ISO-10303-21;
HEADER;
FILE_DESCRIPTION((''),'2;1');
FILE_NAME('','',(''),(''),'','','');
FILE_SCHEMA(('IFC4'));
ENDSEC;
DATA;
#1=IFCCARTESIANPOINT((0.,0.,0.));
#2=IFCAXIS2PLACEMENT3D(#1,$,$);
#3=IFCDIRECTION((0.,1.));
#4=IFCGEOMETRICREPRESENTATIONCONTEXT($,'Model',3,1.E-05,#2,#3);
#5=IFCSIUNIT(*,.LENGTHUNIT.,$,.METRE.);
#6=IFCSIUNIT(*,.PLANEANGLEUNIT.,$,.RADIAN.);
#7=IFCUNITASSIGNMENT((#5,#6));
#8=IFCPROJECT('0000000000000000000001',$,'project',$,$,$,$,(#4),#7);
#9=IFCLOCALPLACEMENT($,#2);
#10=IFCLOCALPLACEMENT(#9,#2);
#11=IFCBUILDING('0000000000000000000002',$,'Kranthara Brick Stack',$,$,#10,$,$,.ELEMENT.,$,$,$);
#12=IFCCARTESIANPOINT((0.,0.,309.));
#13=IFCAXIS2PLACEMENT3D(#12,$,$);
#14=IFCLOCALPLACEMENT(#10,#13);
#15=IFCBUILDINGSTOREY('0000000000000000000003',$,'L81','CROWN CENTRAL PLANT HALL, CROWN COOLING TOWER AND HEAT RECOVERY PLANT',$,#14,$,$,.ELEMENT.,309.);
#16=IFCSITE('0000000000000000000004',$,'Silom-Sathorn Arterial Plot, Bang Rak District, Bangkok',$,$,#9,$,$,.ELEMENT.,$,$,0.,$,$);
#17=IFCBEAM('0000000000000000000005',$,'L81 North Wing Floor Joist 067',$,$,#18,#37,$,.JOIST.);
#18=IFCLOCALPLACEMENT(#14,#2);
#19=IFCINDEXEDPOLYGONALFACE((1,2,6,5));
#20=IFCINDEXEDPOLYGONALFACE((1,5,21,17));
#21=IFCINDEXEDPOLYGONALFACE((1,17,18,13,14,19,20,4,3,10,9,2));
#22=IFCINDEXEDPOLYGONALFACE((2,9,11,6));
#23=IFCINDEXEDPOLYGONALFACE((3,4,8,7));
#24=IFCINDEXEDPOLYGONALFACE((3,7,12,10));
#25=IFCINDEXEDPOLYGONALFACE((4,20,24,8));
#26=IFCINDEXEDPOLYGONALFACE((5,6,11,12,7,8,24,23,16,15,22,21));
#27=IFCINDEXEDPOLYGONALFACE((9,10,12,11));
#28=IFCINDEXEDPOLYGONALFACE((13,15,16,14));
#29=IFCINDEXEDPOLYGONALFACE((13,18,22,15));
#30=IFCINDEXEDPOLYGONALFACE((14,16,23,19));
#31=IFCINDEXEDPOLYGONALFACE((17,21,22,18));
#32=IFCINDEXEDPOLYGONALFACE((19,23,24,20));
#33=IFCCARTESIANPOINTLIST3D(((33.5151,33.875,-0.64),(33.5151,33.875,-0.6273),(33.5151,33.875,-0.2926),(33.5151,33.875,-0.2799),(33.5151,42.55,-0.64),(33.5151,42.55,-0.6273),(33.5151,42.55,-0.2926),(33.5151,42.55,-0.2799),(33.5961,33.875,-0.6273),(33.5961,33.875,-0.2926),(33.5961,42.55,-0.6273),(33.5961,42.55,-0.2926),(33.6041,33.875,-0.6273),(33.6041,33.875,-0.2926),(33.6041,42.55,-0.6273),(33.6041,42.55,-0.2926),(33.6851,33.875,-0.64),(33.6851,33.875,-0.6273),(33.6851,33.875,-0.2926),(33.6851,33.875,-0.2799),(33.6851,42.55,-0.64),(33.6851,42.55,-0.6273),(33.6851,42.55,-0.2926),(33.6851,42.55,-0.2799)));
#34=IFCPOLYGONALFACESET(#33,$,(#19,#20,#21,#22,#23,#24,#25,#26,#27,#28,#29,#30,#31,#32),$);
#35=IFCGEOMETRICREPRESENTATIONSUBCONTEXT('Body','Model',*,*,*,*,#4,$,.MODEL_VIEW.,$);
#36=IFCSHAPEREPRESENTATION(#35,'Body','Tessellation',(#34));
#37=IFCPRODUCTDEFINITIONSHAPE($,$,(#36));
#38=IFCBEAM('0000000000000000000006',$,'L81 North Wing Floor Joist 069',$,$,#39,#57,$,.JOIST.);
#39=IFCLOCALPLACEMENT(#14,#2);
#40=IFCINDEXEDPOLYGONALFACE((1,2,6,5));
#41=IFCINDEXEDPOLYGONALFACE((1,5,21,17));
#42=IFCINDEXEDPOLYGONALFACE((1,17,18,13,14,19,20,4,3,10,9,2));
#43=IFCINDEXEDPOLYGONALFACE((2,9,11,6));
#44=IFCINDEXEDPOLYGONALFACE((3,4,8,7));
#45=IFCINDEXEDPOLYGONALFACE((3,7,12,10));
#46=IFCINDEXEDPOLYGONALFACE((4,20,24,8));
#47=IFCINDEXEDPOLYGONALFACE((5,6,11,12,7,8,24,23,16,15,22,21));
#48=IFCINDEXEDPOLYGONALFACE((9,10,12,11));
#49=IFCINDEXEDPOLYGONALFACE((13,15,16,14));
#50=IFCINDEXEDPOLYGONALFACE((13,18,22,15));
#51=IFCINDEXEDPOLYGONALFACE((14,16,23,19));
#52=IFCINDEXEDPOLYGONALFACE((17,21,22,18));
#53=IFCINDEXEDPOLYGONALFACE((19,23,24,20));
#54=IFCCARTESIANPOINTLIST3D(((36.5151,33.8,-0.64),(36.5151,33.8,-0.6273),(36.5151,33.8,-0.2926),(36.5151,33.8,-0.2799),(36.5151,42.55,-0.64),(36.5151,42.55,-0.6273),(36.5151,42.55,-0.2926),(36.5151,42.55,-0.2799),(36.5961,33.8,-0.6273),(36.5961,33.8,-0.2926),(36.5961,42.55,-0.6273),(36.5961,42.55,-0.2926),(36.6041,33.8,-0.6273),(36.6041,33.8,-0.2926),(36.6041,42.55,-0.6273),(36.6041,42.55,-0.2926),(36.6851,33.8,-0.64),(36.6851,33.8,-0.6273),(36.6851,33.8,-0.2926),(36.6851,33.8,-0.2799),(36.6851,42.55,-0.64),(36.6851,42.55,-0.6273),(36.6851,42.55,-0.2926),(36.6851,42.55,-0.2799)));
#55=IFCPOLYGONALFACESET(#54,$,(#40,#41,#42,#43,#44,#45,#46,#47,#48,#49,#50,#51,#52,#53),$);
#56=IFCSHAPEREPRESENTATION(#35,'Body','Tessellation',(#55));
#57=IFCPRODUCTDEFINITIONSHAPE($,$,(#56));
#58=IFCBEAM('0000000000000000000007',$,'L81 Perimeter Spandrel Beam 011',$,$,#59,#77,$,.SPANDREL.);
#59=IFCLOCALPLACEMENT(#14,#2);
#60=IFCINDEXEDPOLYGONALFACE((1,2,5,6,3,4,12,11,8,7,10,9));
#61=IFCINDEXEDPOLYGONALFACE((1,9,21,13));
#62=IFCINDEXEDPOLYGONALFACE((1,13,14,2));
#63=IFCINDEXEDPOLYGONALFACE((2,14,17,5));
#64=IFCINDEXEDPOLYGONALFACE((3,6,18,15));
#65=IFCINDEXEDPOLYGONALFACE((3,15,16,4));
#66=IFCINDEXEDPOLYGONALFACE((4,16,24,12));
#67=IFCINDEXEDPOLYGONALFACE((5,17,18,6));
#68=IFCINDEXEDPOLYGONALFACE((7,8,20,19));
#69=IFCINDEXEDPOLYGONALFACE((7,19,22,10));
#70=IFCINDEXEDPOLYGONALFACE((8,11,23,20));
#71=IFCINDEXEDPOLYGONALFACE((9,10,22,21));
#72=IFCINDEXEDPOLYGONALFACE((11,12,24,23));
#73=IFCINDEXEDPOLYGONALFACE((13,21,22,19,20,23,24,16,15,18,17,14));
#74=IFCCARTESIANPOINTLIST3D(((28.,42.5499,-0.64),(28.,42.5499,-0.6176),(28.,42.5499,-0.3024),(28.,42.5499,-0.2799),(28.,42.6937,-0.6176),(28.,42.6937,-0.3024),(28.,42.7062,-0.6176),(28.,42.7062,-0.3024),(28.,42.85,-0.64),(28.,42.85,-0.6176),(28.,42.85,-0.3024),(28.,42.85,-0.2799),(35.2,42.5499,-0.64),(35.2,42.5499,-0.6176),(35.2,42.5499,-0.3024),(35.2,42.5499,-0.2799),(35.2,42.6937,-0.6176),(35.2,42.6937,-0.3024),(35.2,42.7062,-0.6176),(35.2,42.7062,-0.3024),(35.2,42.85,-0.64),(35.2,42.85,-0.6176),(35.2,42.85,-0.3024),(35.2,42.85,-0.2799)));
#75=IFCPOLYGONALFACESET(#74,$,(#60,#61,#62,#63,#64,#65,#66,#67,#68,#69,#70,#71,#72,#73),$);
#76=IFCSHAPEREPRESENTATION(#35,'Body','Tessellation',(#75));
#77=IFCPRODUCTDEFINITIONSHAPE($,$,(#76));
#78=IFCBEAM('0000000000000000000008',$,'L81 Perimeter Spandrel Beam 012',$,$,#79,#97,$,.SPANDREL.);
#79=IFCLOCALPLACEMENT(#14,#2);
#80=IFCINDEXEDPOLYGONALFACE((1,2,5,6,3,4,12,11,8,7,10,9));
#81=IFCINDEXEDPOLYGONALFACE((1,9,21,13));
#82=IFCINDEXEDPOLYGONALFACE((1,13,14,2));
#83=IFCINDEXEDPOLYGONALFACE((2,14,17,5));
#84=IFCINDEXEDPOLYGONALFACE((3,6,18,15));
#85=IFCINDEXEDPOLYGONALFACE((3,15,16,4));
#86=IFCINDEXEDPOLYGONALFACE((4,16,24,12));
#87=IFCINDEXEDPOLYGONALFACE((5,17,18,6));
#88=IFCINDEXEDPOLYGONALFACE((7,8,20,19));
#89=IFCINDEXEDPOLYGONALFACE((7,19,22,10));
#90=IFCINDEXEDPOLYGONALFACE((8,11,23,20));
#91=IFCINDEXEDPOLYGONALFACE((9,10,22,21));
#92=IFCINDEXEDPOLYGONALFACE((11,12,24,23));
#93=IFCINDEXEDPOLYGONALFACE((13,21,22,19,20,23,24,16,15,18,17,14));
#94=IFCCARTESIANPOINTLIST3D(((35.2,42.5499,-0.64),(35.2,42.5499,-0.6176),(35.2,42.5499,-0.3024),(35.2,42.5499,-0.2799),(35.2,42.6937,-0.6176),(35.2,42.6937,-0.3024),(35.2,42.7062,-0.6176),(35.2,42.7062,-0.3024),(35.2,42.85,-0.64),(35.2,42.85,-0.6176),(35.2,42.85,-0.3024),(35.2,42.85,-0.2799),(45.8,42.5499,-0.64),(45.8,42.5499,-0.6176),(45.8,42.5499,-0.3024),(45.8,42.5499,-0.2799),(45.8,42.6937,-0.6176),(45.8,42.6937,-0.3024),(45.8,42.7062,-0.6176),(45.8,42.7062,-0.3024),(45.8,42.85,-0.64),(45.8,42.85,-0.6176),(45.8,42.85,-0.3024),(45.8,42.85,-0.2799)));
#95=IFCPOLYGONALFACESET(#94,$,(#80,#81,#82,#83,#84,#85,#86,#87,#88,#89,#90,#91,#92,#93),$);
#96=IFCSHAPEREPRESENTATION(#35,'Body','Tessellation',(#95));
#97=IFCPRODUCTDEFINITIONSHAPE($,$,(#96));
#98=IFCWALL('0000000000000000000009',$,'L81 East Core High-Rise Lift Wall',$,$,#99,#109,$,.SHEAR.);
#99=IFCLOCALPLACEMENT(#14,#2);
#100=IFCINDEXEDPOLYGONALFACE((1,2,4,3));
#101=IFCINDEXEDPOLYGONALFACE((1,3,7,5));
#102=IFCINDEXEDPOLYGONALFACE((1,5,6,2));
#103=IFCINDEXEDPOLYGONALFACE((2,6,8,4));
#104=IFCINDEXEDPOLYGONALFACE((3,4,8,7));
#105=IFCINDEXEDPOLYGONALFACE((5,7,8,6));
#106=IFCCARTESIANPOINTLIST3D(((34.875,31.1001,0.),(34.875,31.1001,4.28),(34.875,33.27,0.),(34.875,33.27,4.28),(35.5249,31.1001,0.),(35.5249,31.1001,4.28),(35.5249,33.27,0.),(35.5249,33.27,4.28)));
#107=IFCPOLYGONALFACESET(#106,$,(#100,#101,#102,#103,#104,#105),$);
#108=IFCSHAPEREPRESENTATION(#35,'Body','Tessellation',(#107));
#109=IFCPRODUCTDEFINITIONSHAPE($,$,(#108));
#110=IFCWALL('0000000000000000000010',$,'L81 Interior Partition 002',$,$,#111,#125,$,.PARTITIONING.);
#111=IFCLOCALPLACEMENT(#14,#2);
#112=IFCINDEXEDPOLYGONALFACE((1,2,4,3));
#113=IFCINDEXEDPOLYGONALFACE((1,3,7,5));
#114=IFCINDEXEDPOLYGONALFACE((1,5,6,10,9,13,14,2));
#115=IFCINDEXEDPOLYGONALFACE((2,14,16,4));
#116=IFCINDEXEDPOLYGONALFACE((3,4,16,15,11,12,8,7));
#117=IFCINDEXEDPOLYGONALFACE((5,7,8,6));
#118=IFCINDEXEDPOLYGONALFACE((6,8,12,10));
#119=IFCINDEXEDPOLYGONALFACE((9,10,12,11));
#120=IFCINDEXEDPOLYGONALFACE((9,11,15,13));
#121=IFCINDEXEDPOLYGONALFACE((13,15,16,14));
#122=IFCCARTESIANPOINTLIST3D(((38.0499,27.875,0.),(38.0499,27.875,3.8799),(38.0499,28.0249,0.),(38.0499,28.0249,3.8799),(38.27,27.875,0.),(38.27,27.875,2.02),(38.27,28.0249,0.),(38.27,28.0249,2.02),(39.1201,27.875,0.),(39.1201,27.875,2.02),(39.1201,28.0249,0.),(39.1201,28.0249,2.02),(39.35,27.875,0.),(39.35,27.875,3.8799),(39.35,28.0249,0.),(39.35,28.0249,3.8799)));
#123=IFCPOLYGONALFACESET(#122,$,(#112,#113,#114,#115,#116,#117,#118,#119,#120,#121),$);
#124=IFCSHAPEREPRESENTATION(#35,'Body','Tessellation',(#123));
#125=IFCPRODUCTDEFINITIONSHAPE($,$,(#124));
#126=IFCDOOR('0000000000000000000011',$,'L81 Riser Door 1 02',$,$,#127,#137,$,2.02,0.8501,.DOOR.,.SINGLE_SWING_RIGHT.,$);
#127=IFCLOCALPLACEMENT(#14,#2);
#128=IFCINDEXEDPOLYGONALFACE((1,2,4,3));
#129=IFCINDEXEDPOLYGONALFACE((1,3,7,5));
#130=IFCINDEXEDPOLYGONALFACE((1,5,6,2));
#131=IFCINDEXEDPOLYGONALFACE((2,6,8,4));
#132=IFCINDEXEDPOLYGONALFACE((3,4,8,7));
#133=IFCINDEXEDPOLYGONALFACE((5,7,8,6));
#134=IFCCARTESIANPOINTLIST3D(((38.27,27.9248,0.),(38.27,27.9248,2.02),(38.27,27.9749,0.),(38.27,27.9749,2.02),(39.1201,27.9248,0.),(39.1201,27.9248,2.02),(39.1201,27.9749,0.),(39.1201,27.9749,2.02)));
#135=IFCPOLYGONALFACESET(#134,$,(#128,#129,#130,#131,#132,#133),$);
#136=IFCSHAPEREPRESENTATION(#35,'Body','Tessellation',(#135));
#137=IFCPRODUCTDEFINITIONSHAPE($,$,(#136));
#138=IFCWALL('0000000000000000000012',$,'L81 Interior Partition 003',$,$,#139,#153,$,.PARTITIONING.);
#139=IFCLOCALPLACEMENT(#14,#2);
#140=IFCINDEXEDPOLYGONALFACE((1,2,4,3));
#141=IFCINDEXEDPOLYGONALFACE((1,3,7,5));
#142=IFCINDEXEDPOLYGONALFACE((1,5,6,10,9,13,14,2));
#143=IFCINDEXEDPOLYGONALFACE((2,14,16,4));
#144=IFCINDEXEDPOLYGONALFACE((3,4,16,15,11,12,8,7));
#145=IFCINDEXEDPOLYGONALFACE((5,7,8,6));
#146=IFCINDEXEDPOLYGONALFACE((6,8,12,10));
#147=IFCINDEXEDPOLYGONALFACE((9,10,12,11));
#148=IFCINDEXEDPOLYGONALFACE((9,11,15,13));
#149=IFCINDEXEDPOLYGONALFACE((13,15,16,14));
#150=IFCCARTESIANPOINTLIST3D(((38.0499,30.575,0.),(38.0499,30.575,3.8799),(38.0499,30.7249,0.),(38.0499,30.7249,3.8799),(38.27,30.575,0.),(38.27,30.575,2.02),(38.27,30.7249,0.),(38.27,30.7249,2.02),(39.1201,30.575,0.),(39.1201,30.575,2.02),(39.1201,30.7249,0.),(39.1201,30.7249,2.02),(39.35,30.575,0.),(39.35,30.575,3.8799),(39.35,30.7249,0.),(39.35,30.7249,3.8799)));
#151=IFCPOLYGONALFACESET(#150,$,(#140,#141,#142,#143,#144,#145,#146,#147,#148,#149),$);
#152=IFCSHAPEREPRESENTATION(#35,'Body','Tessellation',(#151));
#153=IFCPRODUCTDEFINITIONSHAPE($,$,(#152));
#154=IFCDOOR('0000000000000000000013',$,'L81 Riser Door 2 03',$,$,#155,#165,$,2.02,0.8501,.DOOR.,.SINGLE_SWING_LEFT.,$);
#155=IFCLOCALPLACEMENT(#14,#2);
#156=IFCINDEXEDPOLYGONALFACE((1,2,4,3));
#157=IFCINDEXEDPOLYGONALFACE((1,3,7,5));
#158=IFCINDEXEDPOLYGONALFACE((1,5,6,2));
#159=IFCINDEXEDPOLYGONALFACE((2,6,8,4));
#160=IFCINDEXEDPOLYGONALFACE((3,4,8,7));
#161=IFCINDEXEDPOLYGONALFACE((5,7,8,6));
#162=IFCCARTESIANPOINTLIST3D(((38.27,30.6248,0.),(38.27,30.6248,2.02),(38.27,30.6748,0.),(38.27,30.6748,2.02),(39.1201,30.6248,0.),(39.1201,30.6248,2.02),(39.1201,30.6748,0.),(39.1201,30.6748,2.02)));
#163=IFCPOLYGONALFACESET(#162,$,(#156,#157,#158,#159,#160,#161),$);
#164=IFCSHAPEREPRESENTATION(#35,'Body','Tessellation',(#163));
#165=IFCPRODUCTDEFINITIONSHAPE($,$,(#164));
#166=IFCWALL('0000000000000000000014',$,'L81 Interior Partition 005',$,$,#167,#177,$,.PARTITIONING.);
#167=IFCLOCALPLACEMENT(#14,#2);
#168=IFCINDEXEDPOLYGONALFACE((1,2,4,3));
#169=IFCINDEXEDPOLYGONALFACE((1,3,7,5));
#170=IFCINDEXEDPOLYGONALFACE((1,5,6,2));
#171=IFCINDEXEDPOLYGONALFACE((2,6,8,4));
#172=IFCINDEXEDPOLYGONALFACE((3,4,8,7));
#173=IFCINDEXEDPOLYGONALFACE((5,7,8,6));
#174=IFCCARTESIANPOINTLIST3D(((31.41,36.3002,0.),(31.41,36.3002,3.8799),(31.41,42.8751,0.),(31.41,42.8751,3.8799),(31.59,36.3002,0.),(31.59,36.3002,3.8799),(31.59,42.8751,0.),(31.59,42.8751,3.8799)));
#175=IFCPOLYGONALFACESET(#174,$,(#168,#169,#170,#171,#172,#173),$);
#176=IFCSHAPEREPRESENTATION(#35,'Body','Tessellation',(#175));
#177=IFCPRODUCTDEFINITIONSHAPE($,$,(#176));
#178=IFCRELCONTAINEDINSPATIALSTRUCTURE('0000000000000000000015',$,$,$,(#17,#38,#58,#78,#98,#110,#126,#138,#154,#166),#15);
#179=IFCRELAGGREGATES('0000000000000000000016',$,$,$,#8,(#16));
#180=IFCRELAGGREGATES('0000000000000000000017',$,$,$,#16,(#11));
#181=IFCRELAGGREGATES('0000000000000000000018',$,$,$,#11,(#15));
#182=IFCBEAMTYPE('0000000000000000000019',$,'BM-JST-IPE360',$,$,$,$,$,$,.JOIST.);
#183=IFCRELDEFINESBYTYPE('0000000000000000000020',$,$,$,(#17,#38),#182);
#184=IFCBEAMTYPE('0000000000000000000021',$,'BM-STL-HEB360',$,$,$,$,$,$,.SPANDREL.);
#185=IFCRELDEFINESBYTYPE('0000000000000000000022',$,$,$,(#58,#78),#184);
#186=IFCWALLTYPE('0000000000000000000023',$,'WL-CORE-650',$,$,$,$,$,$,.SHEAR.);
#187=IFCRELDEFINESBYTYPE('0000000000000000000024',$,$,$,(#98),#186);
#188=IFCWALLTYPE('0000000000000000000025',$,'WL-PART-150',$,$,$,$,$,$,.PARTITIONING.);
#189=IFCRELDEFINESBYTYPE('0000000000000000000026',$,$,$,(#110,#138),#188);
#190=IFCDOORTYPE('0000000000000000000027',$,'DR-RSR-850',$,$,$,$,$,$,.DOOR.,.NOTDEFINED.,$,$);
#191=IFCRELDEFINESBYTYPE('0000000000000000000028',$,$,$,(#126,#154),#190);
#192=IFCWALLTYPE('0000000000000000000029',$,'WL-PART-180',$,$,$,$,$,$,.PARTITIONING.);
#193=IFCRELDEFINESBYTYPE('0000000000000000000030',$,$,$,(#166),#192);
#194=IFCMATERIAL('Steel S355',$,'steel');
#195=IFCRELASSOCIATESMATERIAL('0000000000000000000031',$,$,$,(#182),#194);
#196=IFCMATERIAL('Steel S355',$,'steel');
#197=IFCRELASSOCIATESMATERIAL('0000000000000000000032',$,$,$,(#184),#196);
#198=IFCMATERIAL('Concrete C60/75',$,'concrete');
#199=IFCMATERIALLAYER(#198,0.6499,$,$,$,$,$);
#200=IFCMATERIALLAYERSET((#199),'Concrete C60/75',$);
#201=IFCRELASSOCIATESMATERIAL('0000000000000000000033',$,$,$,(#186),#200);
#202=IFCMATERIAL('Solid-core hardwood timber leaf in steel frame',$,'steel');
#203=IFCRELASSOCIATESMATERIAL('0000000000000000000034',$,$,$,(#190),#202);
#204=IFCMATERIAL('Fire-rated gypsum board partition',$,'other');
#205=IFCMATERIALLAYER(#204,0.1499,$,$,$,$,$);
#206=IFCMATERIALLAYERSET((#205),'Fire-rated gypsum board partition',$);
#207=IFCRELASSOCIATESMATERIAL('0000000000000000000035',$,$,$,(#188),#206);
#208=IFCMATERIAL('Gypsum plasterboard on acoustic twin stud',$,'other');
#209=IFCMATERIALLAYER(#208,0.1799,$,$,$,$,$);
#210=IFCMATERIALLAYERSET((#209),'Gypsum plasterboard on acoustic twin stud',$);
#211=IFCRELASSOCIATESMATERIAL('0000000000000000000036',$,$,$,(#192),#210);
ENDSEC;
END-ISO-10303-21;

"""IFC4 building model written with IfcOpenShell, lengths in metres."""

from ifc_helpers import new_model, si_unit, direction, frame, frame_2d, origin, origin_2d, place, context, subcontext, project, spatial, rectangle, i_section, extrude, material, layer, layer_set, material_profile, profile_set, type_object, element, fill, save


model = new_model("IFC4")

# Units and contexts
model_context = context("Model", 3, precision=1e-05, world=origin(), true_north=direction((0.0, 1.0)))
body_context = subcontext(model_context, "Body", "Model", "MODEL_VIEW")
ifc_project = project(units=[si_unit("LENGTHUNIT", "METRE"), si_unit("PLANEANGLEUNIT", "RADIAN")], contexts=[model_context])

# Site, building, storey
site_placement = place(None, origin())
site = spatial("IfcSite", under=ifc_project, at=site_placement, Name="Silom-Sathorn Arterial Plot, Bang Rak District, Bangkok", CompositionType="ELEMENT", RefElevation=0.0)
building_placement = place(site_placement, origin())
building = spatial("IfcBuilding", under=site, at=building_placement, Name="Kranthara Brick Stack", CompositionType="ELEMENT")
storey_placement = place(building_placement, frame((0.0, 0.0, 309.0)))
storey = spatial("IfcBuildingStorey", under=building, at=storey_placement, Name="L81", Description="CROWN CENTRAL PLANT HALL, CROWN COOLING TOWER AND HEAT RECOVERY PLANT", CompositionType="ELEMENT", Elevation=309.0)

# Beams
ifc_material_1 = material(Name="Steel S355", Category="steel")
ifc_material_profile_1 = material_profile(ifc_material_1, i_section(OverallWidth=0.1699, OverallDepth=0.3601, WebThickness=0.0081, FlangeThickness=0.0127, at=origin_2d()), Name="IPE 360")
ifc_profile_set_1 = profile_set([ifc_material_profile_1], Name="Steel S355")
beam_type_1 = type_object("IfcBeamType", Name="BM-JST-IPE360", PredefinedType="JOIST", material=ifc_profile_set_1)
for number, where, z_axis, x_axis, name in (
    (1, (33.6001, 33.875, -0.46), (0.0, 1.0, 0.0), (-1.0, 0.0, 0.0), "L81 North Wing Floor Joist 067"),
):
    element("IfcBeam", number, at=place(storey_placement, frame(where, z_axis=z_axis, x_axis=x_axis)), inside=storey, type_object=beam_type_1, Name=name, PredefinedType="JOIST", context=body_context, shape_type="SweptSolid", body=[
        extrude(i_section(OverallWidth=0.1699, OverallDepth=0.3601, WebThickness=0.0081, FlangeThickness=0.0127, at=origin_2d()), origin(), (0.0, 0.0, 1.0), 8.675),
    ])
beam_1_placement = place(storey_placement, frame((36.6001, 33.8, -0.46), z_axis=(0.0, 1.0, 0.0), x_axis=(-1.0, 0.0, 0.0)))
element("IfcBeam", 2, at=beam_1_placement, inside=storey, type_object=beam_type_1, Name="L81 North Wing Floor Joist 069", PredefinedType="JOIST", context=body_context, shape_type="SweptSolid", body=[
    extrude(i_section(OverallWidth=0.1699, OverallDepth=0.3601, WebThickness=0.0081, FlangeThickness=0.0127, at=origin_2d()), origin(), (0.0, 0.0, 1.0), 8.75),
])
ifc_material_2 = material(Name="Steel S355", Category="steel")
ifc_material_profile_2 = material_profile(ifc_material_2, i_section(OverallWidth=0.3, OverallDepth=0.3601, WebThickness=0.0125, FlangeThickness=0.0225, at=origin_2d()), Name="HEB 360")
ifc_profile_set_2 = profile_set([ifc_material_profile_2], Name="Steel S355")
beam_type_2 = type_object("IfcBeamType", Name="BM-STL-HEB360", PredefinedType="SPANDREL", material=ifc_profile_set_2)
beam_2_placement = place(storey_placement, frame((28.0, 42.7, -0.46), z_axis=(1.0, 0.0, 0.0), x_axis=(0.0, 1.0, 0.0)))
element("IfcBeam", 3, at=beam_2_placement, inside=storey, type_object=beam_type_2, Name="L81 Perimeter Spandrel Beam 011", PredefinedType="SPANDREL", context=body_context, shape_type="SweptSolid", body=[
    extrude(i_section(OverallWidth=0.3, OverallDepth=0.3601, WebThickness=0.0125, FlangeThickness=0.0225, at=origin_2d()), origin(), (0.0, 0.0, 1.0), 7.2),
])
beam_3_placement = place(storey_placement, frame((35.2, 42.7, -0.46), z_axis=(1.0, 0.0, 0.0), x_axis=(0.0, 1.0, 0.0)))
element("IfcBeam", 4, at=beam_3_placement, inside=storey, type_object=beam_type_2, Name="L81 Perimeter Spandrel Beam 012", PredefinedType="SPANDREL", context=body_context, shape_type="SweptSolid", body=[
    extrude(i_section(OverallWidth=0.3, OverallDepth=0.3601, WebThickness=0.0125, FlangeThickness=0.0225, at=origin_2d()), origin(), (0.0, 0.0, 1.0), 10.6001),
])

# Shared definitions
ifc_material_3 = material(Name="Concrete C60/75", Category="concrete")
ifc_layer_1 = layer(ifc_material_3, 0.6499)
ifc_layer_set_1 = layer_set([ifc_layer_1], Name="Concrete C60/75")
wall_type_1 = type_object("IfcWallType", Name="WL-CORE-650", PredefinedType="SHEAR", material=ifc_layer_set_1)
ifc_material_4 = material(Name="Solid-core hardwood timber leaf in steel frame", Category="steel")
door_type_1 = type_object("IfcDoorType", Name="DR-RSR-850", OperationType="NOTDEFINED", PredefinedType="DOOR", material=ifc_material_4)

# Wall
wall_1_placement = place(storey_placement, frame((35.2, 31.1001, 0.0), z_axis=(0.0, 0.0, 1.0), x_axis=(0.0, 1.0, 0.0)))
element("IfcWall", 5, at=wall_1_placement, inside=storey, type_object=wall_type_1, Name="L81 East Core High-Rise Lift Wall", PredefinedType="SHEAR", context=body_context, shape_type="SweptSolid", body=[
    extrude(rectangle(XDim=2.1699, YDim=0.6499, at=frame_2d((1.085, 0.0))), origin(), (0.0, 0.0, 1.0), 4.28),
])

# Walls, openings, doors
ifc_material_5 = material(Name="Fire-rated gypsum board partition", Category="other")
ifc_layer_2 = layer(ifc_material_5, 0.1499)
ifc_layer_set_2 = layer_set([ifc_layer_2], Name="Fire-rated gypsum board partition")
wall_type_2 = type_object("IfcWallType", Name="WL-PART-150", PredefinedType="PARTITIONING", material=ifc_layer_set_2)
wall_2_placement = place(storey_placement, frame((38.05, 27.95, 0.0), z_axis=(0.0, 0.0, 1.0), x_axis=(1.0, 0.0, 0.0)))
wall_2 = element("IfcWall", 6, at=wall_2_placement, inside=storey, type_object=wall_type_2, Name="L81 Interior Partition 002", PredefinedType="PARTITIONING", context=body_context, shape_type="SweptSolid", body=[
    extrude(rectangle(XDim=1.3, YDim=0.1499, at=frame_2d((0.6499, 0.0))), origin(), (0.0, 0.0, 1.0), 3.8799),
])
opening_1_placement = place(wall_2_placement, frame((0.22, 0.0, 0.0)))
opening_1 = element("IfcOpeningElement", 7, at=opening_1_placement, cuts=wall_2, PredefinedType="OPENING", context=body_context, shape_type="SweptSolid", body=[
    extrude(rectangle(XDim=0.8501, YDim=2.02, at=frame_2d((0.425, 1.01))), frame((0.0, 0.085, 0.0), z_axis=(0.0, -1.0, 0.0), x_axis=(1.0, 0.0, 0.0)), (0.0, 0.0, 1.0), 0.1699),
])
door_1_placement = place(opening_1_placement, origin())
door_1 = element("IfcDoor", 8, at=door_1_placement, inside=storey, type_object=door_type_1, Name="L81 Riser Door 1 02", OperationType="SINGLE_SWING_RIGHT", OverallHeight=2.02, OverallWidth=0.8501, PredefinedType="DOOR", context=body_context, shape_type="SweptSolid", body=[
    extrude(rectangle(XDim=0.8501, YDim=2.02, at=frame_2d((0.425, 1.01))), frame((0.0, 0.0249, 0.0), z_axis=(0.0, -1.0, 0.0), x_axis=(1.0, 0.0, 0.0)), (0.0, 0.0, 1.0), 0.05),
])
fill(opening_1, door_1)
wall_3_placement = place(storey_placement, frame((38.05, 30.6499, 0.0), z_axis=(0.0, 0.0, 1.0), x_axis=(1.0, 0.0, 0.0)))
wall_3 = element("IfcWall", 9, at=wall_3_placement, inside=storey, type_object=wall_type_2, Name="L81 Interior Partition 003", PredefinedType="PARTITIONING", context=body_context, shape_type="SweptSolid", body=[
    extrude(rectangle(XDim=1.3, YDim=0.1499, at=frame_2d((0.6499, 0.0))), origin(), (0.0, 0.0, 1.0), 3.8799),
])
opening_2_placement = place(wall_3_placement, frame((0.22, 0.0, 0.0)))
opening_2 = element("IfcOpeningElement", 10, at=opening_2_placement, cuts=wall_3, PredefinedType="OPENING", context=body_context, shape_type="SweptSolid", body=[
    extrude(rectangle(XDim=0.8501, YDim=2.02, at=frame_2d((0.425, 1.01))), frame((0.0, 0.085, 0.0), z_axis=(0.0, -1.0, 0.0), x_axis=(1.0, 0.0, 0.0)), (0.0, 0.0, 1.0), 0.1699),
])
door_2_placement = place(opening_2_placement, origin())
door_2 = element("IfcDoor", 11, at=door_2_placement, inside=storey, type_object=door_type_1, Name="L81 Riser Door 2 03", OperationType="SINGLE_SWING_LEFT", OverallHeight=2.02, OverallWidth=0.8501, PredefinedType="DOOR", context=body_context, shape_type="SweptSolid", body=[
    extrude(rectangle(XDim=0.8501, YDim=2.02, at=frame_2d((0.425, 1.01))), frame((0.0, 0.0249, 0.0), z_axis=(0.0, -1.0, 0.0), x_axis=(1.0, 0.0, 0.0)), (0.0, 0.0, 1.0), 0.05),
])
fill(opening_2, door_2)

# Wall
ifc_material_6 = material(Name="Gypsum plasterboard on acoustic twin stud", Category="other")
ifc_layer_3 = layer(ifc_material_6, 0.1799)
ifc_layer_set_3 = layer_set([ifc_layer_3], Name="Gypsum plasterboard on acoustic twin stud")
wall_type_3 = type_object("IfcWallType", Name="WL-PART-180", PredefinedType="PARTITIONING", material=ifc_layer_set_3)
wall_4_placement = place(storey_placement, frame((31.5, 36.3, 0.0), z_axis=(0.0, 0.0, 1.0), x_axis=(0.0, 1.0, 0.0)))
element("IfcWall", 12, at=wall_4_placement, inside=storey, type_object=wall_type_3, Name="L81 Interior Partition 005", PredefinedType="PARTITIONING", context=body_context, shape_type="SweptSolid", body=[
    extrude(rectangle(XDim=6.575, YDim=0.1799, at=frame_2d((3.2876, 0.0))), origin(), (0.0, 0.0, 1.0), 3.8799),
])

save(model, "model.ifc")
